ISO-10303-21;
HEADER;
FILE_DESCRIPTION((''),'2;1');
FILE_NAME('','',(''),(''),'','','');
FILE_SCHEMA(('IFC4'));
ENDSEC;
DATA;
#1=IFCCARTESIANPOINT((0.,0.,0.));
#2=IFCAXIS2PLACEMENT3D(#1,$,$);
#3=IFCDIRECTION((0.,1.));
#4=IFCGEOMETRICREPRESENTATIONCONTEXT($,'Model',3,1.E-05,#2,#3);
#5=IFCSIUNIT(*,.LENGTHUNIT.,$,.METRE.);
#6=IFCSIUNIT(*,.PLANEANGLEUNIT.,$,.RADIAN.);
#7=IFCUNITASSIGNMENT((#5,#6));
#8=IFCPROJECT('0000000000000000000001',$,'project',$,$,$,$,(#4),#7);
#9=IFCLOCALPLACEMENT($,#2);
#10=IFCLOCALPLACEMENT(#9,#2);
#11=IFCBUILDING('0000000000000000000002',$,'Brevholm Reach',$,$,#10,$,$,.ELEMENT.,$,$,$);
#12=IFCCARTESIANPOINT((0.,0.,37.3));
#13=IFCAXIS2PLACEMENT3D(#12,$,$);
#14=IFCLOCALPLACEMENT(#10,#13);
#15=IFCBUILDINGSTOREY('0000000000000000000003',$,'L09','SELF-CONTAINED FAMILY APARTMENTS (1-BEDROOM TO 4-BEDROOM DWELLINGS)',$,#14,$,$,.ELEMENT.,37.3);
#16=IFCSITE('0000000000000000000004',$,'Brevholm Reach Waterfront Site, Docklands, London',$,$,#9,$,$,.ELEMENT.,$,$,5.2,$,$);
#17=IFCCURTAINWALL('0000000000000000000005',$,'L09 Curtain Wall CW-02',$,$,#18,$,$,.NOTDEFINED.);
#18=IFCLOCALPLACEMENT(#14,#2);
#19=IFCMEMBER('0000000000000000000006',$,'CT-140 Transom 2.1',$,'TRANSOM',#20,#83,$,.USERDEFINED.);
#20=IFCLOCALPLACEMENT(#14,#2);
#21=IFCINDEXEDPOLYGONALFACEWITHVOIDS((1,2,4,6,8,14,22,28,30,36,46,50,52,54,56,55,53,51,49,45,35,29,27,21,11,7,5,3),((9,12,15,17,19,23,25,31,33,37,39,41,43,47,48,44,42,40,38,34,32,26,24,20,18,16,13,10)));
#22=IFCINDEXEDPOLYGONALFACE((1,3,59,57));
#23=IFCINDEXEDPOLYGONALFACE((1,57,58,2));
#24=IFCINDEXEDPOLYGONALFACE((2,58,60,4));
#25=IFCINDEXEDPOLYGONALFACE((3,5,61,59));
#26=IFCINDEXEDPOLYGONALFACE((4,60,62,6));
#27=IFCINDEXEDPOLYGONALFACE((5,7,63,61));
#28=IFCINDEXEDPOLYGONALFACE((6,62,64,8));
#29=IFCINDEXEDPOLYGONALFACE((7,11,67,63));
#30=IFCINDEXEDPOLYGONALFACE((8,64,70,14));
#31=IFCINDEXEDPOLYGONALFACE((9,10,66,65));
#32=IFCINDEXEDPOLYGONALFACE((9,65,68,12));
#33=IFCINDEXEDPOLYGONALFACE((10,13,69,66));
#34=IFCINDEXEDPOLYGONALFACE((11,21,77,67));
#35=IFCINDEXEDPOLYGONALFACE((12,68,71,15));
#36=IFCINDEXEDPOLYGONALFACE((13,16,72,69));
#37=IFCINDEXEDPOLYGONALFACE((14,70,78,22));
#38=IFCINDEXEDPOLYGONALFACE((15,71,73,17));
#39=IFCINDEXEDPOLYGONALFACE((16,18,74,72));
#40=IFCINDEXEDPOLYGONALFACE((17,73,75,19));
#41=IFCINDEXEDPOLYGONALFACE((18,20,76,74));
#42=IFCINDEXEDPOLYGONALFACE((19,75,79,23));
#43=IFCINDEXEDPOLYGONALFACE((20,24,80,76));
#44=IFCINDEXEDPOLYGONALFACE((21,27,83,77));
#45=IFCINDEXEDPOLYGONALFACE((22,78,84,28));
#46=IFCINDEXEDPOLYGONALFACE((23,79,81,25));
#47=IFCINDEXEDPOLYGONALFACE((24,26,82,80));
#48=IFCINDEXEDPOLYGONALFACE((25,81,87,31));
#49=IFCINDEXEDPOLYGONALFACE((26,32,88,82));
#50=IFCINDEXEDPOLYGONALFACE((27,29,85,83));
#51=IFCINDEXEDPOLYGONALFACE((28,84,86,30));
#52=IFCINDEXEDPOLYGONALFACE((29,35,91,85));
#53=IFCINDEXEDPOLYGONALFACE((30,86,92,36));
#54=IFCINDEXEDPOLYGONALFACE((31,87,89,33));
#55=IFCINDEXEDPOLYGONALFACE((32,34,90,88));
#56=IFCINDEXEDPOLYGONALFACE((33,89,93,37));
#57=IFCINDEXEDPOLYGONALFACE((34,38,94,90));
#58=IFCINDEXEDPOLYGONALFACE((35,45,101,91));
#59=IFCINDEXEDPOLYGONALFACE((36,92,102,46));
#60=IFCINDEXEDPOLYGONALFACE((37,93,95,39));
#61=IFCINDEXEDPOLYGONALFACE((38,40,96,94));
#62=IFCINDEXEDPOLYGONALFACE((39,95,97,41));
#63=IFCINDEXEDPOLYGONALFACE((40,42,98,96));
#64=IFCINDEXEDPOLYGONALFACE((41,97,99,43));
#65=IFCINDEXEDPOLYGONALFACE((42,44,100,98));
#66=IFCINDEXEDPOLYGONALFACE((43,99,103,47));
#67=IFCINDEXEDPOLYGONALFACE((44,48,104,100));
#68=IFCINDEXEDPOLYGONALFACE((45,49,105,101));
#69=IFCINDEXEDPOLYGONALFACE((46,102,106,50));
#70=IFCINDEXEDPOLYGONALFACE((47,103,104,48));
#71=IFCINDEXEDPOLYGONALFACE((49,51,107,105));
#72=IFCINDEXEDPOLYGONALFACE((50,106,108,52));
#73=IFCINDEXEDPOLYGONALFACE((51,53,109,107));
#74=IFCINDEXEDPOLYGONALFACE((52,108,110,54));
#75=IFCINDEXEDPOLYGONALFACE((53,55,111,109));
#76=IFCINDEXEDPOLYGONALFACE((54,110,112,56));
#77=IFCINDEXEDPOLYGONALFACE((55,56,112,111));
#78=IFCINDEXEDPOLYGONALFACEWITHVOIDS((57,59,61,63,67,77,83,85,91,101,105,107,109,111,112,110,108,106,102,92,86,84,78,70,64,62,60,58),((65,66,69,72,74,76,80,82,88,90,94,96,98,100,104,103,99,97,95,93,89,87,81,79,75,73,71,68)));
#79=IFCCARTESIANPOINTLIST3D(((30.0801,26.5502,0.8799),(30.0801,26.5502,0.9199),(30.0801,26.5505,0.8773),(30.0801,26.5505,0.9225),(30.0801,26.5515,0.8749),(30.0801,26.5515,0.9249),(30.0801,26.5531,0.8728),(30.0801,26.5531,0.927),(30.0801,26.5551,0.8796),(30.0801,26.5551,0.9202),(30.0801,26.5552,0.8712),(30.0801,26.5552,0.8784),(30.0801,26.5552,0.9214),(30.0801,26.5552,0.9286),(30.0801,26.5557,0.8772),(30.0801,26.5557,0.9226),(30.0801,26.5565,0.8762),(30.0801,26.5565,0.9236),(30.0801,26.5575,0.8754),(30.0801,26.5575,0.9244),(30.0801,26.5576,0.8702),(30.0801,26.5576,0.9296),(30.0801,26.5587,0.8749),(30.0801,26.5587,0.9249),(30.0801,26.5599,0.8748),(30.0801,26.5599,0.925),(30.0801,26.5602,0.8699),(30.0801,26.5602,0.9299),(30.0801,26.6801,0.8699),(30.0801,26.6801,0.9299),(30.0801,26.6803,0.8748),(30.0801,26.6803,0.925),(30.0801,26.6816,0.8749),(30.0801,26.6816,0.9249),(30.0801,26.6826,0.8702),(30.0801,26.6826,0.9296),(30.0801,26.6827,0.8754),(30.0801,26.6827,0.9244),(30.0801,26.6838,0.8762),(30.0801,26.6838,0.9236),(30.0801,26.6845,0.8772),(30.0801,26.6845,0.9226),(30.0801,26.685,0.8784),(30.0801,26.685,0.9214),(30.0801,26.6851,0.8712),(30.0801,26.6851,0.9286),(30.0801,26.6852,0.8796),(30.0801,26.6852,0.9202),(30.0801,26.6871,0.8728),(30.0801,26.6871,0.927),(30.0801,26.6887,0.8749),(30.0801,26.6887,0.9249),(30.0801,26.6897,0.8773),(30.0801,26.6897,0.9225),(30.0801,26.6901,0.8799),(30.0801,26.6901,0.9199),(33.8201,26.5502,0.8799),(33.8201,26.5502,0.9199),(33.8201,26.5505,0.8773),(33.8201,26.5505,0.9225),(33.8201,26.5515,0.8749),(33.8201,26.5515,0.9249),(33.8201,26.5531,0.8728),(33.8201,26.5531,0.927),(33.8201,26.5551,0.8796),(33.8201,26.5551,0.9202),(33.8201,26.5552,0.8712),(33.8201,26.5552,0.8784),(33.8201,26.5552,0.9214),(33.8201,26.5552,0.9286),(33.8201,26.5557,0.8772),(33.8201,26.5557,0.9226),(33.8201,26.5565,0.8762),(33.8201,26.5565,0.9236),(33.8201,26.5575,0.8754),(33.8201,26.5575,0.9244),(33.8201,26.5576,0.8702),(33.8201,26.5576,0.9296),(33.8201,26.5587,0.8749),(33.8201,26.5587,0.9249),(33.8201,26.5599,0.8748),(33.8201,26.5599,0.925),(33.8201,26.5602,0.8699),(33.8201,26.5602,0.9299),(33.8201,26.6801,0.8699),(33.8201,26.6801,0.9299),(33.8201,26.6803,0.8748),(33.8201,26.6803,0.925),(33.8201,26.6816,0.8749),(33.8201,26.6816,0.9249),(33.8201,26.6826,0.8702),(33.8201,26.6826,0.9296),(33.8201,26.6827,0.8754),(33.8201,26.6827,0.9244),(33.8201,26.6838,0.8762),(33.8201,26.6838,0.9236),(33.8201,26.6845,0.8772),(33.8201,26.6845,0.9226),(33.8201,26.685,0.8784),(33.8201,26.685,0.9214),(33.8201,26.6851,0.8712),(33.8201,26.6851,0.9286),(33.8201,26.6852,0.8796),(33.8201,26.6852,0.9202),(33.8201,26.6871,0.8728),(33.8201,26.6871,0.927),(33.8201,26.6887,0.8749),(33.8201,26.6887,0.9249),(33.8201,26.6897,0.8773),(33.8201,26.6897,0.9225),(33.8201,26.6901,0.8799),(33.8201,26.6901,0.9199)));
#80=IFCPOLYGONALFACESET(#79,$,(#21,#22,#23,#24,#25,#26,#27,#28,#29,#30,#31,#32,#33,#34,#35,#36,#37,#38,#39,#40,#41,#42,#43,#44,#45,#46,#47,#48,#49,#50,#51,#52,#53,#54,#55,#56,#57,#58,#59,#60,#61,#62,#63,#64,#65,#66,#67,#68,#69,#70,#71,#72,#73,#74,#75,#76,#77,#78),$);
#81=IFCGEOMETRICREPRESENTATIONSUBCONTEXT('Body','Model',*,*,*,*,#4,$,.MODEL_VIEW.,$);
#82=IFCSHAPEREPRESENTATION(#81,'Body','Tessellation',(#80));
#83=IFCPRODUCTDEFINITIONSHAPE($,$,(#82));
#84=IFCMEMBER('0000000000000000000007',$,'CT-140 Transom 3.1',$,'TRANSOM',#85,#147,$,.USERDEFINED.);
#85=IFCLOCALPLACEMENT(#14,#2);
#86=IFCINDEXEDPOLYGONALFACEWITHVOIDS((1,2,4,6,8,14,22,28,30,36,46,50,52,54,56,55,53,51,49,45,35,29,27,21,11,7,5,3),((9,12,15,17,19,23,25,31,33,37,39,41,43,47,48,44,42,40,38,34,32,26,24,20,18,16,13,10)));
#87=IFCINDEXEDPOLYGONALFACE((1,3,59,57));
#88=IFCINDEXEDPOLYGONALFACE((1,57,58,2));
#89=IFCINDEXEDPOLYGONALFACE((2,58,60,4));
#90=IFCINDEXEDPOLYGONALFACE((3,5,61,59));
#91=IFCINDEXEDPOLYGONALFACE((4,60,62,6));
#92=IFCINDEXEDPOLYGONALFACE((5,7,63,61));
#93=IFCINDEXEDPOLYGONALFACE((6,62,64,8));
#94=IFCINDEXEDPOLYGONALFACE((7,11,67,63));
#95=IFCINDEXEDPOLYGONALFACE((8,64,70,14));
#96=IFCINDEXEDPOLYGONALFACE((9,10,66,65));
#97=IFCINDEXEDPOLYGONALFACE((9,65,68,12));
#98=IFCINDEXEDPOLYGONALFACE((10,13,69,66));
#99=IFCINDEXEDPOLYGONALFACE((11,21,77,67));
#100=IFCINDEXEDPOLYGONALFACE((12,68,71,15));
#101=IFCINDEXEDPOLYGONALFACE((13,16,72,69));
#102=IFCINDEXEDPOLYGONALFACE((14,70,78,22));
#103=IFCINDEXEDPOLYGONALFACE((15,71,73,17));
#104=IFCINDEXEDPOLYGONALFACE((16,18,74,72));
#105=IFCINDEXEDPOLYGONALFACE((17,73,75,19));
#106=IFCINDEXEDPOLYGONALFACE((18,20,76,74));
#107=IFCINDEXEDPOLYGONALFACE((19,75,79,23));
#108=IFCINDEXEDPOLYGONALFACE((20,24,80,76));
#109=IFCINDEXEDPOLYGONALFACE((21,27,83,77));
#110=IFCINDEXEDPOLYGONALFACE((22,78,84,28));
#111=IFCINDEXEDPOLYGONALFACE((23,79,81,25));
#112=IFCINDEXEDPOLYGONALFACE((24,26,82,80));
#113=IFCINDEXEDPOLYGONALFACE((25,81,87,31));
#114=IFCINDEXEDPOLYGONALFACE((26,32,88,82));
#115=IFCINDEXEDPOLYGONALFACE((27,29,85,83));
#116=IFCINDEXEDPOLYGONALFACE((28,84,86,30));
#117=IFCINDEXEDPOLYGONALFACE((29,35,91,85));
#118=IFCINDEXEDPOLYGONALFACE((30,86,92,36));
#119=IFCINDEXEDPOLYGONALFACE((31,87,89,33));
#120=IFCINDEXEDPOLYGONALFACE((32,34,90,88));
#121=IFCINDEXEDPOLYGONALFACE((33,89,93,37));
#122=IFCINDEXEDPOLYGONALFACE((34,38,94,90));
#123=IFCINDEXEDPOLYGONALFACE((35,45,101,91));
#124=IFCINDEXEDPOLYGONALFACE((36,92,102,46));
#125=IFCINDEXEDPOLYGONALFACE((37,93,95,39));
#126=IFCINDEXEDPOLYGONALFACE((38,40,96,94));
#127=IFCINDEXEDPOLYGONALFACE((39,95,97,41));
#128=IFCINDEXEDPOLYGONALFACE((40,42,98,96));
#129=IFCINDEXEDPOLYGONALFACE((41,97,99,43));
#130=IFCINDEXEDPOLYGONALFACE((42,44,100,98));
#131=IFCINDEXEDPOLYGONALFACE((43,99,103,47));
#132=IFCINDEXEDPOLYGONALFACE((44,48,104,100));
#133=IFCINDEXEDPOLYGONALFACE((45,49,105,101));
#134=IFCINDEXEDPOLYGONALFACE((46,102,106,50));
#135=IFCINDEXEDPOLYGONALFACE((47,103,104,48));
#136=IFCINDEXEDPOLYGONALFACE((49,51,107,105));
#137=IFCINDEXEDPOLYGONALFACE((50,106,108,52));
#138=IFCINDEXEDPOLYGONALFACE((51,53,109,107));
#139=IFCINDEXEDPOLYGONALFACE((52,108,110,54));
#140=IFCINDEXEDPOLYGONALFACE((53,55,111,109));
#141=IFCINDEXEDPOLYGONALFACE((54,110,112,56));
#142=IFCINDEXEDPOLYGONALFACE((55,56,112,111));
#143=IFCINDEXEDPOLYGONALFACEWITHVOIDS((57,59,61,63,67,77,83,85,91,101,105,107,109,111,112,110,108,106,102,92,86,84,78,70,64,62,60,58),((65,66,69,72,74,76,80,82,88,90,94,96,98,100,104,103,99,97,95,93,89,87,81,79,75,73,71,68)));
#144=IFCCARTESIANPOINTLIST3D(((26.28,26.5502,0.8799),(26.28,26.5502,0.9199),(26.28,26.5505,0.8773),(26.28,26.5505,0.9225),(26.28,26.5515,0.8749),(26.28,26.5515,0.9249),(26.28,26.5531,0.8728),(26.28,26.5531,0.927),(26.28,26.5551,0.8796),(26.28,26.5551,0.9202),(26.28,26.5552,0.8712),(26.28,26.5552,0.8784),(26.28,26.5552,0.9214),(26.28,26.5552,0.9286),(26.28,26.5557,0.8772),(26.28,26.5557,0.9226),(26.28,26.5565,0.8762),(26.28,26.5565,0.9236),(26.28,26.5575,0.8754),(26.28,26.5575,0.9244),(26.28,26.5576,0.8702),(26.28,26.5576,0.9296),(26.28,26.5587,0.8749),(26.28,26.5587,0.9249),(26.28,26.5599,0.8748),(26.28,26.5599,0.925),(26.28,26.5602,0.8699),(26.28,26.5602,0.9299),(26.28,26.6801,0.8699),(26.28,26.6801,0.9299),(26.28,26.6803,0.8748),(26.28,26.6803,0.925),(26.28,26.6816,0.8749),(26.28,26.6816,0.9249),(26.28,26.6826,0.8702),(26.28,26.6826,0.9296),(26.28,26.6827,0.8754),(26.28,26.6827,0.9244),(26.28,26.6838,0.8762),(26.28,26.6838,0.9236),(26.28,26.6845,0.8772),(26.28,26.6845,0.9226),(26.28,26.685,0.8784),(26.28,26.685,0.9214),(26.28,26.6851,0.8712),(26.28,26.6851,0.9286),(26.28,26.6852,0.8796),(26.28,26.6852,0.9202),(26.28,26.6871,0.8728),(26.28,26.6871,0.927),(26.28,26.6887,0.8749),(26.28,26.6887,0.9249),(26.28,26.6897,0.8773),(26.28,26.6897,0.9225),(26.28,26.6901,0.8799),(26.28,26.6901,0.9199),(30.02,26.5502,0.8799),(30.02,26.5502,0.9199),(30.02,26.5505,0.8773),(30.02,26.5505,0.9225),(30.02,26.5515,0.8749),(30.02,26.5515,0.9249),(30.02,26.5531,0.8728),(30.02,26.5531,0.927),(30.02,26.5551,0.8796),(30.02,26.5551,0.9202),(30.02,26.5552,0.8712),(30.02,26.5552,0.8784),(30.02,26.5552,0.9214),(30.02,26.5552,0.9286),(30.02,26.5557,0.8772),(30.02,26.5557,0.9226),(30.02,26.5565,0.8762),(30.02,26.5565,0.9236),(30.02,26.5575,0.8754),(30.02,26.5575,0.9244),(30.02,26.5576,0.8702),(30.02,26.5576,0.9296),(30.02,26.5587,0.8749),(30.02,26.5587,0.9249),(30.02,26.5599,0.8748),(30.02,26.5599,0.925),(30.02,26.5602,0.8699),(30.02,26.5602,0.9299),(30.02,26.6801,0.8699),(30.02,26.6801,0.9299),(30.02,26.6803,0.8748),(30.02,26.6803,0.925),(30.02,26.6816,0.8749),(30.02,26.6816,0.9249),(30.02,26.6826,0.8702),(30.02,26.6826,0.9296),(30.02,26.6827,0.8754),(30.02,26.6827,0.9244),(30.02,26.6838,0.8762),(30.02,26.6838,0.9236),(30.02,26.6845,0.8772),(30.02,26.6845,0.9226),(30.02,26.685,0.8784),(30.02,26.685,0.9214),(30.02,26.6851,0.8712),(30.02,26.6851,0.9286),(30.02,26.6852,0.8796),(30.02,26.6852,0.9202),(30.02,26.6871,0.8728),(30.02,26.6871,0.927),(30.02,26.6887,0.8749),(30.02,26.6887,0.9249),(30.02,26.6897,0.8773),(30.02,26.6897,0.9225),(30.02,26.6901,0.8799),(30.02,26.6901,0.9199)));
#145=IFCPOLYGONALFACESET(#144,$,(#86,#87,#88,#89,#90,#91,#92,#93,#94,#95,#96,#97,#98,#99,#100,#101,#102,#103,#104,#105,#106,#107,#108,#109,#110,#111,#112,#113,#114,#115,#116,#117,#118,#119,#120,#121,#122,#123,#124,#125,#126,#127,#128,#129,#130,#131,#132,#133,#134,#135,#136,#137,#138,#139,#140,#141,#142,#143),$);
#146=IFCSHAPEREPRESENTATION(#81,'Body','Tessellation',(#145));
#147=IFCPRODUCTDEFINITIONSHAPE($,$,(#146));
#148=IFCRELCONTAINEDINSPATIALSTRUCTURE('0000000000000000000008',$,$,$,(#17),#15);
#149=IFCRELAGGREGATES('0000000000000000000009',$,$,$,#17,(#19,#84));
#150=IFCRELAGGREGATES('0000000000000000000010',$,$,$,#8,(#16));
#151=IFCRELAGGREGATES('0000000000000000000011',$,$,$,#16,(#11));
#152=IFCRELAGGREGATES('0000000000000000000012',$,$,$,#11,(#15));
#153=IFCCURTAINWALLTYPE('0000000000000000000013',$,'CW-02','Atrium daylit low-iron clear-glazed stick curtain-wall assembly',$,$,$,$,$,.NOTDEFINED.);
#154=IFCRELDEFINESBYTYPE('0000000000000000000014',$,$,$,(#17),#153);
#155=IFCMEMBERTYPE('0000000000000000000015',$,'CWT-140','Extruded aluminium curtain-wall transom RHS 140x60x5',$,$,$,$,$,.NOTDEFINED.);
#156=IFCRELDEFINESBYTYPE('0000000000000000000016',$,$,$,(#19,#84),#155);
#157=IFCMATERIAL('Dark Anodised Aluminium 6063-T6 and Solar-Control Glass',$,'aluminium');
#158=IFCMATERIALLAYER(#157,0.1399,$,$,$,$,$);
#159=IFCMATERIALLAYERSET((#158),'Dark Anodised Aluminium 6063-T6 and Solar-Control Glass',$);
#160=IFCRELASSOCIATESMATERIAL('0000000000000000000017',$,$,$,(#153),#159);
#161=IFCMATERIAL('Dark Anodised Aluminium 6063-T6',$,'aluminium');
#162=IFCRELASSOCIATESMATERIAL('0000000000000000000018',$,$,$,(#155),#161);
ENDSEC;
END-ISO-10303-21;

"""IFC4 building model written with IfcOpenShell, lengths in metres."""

from ifc_helpers import new_model, si_unit, direction, frame, origin, origin_2d, place, context, subcontext, project, spatial, hollow_rectangle, extrude, material, layer, layer_set, material_profile, profile_set, type_object, element, aggregate, save


model = new_model("IFC4")

# Units and contexts
model_context = context("Model", 3, precision=1e-05, world=origin(), true_north=direction((0.0, 1.0)))
body_context = subcontext(model_context, "Body", "Model", "MODEL_VIEW")
ifc_project = project(units=[si_unit("LENGTHUNIT", "METRE"), si_unit("PLANEANGLEUNIT", "RADIAN")], contexts=[model_context])

# Site, building, storey
site_placement = place(None, origin())
site = spatial("IfcSite", under=ifc_project, at=site_placement, Name="Brevholm Reach Waterfront Site, Docklands, London", CompositionType="ELEMENT", RefElevation=5.2)
building_placement = place(site_placement, origin())
building = spatial("IfcBuilding", under=site, at=building_placement, Name="Brevholm Reach", CompositionType="ELEMENT")
storey_placement = place(building_placement, frame((0.0, 0.0, 37.3)))
storey = spatial("IfcBuildingStorey", under=building, at=storey_placement, Name="L09", Description="SELF-CONTAINED FAMILY APARTMENTS (1-BEDROOM TO 4-BEDROOM DWELLINGS)", CompositionType="ELEMENT", Elevation=37.3)

# Curtain wall
ifc_material_1 = material(Name="Dark Anodised Aluminium 6063-T6 and Solar-Control Glass", Category="aluminium")
ifc_layer_1 = layer(ifc_material_1, 0.1399)
ifc_layer_set_1 = layer_set([ifc_layer_1], Name="Dark Anodised Aluminium 6063-T6 and Solar-Control Glass")
curtain_wall_type_1 = type_object("IfcCurtainWallType", Name="CW-02", Description="Atrium daylit low-iron clear-glazed stick curtain-wall assembly", PredefinedType="NOTDEFINED", material=ifc_layer_set_1)
curtain_wall_1_placement = place(storey_placement, origin())
curtain_wall_1 = element("IfcCurtainWall", 1, at=curtain_wall_1_placement, inside=storey, type_object=curtain_wall_type_1, Name="L09 Curtain Wall CW-02", PredefinedType="NOTDEFINED")

# Members
ifc_material_2 = material(Name="Dark Anodised Aluminium 6063-T6", Category="aluminium")
ifc_material_profile_1 = material_profile(ifc_material_2, hollow_rectangle(XDim=0.0601, YDim=0.1399, WallThickness=0.0049, InnerFilletRadius=0.0049, OuterFilletRadius=0.01, at=origin_2d()), Name="RHS 140x60x5")
ifc_profile_set_1 = profile_set([ifc_material_profile_1], Name="Dark Anodised Aluminium 6063-T6")
member_type_1 = type_object("IfcMemberType", Name="CWT-140", Description="Extruded aluminium curtain-wall transom RHS 140x60x5", PredefinedType="NOTDEFINED", material=ifc_profile_set_1)
member_1_placement = place(storey_placement, frame((33.8201, 26.6201, 0.8999), z_axis=(-1.0, 0.0, 0.0), x_axis=(0.0, 0.0, 1.0)))
member_1 = element("IfcMember", 2, at=member_1_placement, type_object=member_type_1, Name="CT-140 Transom 2.1", ObjectType="TRANSOM", PredefinedType="USERDEFINED", context=body_context, shape_type="SweptSolid", body=[
    extrude(hollow_rectangle(XDim=0.0601, YDim=0.1399, WallThickness=0.0049, InnerFilletRadius=0.0049, OuterFilletRadius=0.01, at=origin_2d()), origin(), (0.0, 0.0, 1.0), 3.74),
])
member_2_placement = place(storey_placement, frame((30.02, 26.6201, 0.8999), z_axis=(-1.0, 0.0, 0.0), x_axis=(0.0, 0.0, 1.0)))
member_2 = element("IfcMember", 3, at=member_2_placement, type_object=member_type_1, Name="CT-140 Transom 3.1", ObjectType="TRANSOM", PredefinedType="USERDEFINED", context=body_context, shape_type="SweptSolid", body=[
    extrude(hollow_rectangle(XDim=0.0601, YDim=0.1399, WallThickness=0.0049, InnerFilletRadius=0.0049, OuterFilletRadius=0.01, at=origin_2d()), origin(), (0.0, 0.0, 1.0), 3.74),
])

aggregate(curtain_wall_1, [member_1, member_2])

save(model, "model.ifc")
